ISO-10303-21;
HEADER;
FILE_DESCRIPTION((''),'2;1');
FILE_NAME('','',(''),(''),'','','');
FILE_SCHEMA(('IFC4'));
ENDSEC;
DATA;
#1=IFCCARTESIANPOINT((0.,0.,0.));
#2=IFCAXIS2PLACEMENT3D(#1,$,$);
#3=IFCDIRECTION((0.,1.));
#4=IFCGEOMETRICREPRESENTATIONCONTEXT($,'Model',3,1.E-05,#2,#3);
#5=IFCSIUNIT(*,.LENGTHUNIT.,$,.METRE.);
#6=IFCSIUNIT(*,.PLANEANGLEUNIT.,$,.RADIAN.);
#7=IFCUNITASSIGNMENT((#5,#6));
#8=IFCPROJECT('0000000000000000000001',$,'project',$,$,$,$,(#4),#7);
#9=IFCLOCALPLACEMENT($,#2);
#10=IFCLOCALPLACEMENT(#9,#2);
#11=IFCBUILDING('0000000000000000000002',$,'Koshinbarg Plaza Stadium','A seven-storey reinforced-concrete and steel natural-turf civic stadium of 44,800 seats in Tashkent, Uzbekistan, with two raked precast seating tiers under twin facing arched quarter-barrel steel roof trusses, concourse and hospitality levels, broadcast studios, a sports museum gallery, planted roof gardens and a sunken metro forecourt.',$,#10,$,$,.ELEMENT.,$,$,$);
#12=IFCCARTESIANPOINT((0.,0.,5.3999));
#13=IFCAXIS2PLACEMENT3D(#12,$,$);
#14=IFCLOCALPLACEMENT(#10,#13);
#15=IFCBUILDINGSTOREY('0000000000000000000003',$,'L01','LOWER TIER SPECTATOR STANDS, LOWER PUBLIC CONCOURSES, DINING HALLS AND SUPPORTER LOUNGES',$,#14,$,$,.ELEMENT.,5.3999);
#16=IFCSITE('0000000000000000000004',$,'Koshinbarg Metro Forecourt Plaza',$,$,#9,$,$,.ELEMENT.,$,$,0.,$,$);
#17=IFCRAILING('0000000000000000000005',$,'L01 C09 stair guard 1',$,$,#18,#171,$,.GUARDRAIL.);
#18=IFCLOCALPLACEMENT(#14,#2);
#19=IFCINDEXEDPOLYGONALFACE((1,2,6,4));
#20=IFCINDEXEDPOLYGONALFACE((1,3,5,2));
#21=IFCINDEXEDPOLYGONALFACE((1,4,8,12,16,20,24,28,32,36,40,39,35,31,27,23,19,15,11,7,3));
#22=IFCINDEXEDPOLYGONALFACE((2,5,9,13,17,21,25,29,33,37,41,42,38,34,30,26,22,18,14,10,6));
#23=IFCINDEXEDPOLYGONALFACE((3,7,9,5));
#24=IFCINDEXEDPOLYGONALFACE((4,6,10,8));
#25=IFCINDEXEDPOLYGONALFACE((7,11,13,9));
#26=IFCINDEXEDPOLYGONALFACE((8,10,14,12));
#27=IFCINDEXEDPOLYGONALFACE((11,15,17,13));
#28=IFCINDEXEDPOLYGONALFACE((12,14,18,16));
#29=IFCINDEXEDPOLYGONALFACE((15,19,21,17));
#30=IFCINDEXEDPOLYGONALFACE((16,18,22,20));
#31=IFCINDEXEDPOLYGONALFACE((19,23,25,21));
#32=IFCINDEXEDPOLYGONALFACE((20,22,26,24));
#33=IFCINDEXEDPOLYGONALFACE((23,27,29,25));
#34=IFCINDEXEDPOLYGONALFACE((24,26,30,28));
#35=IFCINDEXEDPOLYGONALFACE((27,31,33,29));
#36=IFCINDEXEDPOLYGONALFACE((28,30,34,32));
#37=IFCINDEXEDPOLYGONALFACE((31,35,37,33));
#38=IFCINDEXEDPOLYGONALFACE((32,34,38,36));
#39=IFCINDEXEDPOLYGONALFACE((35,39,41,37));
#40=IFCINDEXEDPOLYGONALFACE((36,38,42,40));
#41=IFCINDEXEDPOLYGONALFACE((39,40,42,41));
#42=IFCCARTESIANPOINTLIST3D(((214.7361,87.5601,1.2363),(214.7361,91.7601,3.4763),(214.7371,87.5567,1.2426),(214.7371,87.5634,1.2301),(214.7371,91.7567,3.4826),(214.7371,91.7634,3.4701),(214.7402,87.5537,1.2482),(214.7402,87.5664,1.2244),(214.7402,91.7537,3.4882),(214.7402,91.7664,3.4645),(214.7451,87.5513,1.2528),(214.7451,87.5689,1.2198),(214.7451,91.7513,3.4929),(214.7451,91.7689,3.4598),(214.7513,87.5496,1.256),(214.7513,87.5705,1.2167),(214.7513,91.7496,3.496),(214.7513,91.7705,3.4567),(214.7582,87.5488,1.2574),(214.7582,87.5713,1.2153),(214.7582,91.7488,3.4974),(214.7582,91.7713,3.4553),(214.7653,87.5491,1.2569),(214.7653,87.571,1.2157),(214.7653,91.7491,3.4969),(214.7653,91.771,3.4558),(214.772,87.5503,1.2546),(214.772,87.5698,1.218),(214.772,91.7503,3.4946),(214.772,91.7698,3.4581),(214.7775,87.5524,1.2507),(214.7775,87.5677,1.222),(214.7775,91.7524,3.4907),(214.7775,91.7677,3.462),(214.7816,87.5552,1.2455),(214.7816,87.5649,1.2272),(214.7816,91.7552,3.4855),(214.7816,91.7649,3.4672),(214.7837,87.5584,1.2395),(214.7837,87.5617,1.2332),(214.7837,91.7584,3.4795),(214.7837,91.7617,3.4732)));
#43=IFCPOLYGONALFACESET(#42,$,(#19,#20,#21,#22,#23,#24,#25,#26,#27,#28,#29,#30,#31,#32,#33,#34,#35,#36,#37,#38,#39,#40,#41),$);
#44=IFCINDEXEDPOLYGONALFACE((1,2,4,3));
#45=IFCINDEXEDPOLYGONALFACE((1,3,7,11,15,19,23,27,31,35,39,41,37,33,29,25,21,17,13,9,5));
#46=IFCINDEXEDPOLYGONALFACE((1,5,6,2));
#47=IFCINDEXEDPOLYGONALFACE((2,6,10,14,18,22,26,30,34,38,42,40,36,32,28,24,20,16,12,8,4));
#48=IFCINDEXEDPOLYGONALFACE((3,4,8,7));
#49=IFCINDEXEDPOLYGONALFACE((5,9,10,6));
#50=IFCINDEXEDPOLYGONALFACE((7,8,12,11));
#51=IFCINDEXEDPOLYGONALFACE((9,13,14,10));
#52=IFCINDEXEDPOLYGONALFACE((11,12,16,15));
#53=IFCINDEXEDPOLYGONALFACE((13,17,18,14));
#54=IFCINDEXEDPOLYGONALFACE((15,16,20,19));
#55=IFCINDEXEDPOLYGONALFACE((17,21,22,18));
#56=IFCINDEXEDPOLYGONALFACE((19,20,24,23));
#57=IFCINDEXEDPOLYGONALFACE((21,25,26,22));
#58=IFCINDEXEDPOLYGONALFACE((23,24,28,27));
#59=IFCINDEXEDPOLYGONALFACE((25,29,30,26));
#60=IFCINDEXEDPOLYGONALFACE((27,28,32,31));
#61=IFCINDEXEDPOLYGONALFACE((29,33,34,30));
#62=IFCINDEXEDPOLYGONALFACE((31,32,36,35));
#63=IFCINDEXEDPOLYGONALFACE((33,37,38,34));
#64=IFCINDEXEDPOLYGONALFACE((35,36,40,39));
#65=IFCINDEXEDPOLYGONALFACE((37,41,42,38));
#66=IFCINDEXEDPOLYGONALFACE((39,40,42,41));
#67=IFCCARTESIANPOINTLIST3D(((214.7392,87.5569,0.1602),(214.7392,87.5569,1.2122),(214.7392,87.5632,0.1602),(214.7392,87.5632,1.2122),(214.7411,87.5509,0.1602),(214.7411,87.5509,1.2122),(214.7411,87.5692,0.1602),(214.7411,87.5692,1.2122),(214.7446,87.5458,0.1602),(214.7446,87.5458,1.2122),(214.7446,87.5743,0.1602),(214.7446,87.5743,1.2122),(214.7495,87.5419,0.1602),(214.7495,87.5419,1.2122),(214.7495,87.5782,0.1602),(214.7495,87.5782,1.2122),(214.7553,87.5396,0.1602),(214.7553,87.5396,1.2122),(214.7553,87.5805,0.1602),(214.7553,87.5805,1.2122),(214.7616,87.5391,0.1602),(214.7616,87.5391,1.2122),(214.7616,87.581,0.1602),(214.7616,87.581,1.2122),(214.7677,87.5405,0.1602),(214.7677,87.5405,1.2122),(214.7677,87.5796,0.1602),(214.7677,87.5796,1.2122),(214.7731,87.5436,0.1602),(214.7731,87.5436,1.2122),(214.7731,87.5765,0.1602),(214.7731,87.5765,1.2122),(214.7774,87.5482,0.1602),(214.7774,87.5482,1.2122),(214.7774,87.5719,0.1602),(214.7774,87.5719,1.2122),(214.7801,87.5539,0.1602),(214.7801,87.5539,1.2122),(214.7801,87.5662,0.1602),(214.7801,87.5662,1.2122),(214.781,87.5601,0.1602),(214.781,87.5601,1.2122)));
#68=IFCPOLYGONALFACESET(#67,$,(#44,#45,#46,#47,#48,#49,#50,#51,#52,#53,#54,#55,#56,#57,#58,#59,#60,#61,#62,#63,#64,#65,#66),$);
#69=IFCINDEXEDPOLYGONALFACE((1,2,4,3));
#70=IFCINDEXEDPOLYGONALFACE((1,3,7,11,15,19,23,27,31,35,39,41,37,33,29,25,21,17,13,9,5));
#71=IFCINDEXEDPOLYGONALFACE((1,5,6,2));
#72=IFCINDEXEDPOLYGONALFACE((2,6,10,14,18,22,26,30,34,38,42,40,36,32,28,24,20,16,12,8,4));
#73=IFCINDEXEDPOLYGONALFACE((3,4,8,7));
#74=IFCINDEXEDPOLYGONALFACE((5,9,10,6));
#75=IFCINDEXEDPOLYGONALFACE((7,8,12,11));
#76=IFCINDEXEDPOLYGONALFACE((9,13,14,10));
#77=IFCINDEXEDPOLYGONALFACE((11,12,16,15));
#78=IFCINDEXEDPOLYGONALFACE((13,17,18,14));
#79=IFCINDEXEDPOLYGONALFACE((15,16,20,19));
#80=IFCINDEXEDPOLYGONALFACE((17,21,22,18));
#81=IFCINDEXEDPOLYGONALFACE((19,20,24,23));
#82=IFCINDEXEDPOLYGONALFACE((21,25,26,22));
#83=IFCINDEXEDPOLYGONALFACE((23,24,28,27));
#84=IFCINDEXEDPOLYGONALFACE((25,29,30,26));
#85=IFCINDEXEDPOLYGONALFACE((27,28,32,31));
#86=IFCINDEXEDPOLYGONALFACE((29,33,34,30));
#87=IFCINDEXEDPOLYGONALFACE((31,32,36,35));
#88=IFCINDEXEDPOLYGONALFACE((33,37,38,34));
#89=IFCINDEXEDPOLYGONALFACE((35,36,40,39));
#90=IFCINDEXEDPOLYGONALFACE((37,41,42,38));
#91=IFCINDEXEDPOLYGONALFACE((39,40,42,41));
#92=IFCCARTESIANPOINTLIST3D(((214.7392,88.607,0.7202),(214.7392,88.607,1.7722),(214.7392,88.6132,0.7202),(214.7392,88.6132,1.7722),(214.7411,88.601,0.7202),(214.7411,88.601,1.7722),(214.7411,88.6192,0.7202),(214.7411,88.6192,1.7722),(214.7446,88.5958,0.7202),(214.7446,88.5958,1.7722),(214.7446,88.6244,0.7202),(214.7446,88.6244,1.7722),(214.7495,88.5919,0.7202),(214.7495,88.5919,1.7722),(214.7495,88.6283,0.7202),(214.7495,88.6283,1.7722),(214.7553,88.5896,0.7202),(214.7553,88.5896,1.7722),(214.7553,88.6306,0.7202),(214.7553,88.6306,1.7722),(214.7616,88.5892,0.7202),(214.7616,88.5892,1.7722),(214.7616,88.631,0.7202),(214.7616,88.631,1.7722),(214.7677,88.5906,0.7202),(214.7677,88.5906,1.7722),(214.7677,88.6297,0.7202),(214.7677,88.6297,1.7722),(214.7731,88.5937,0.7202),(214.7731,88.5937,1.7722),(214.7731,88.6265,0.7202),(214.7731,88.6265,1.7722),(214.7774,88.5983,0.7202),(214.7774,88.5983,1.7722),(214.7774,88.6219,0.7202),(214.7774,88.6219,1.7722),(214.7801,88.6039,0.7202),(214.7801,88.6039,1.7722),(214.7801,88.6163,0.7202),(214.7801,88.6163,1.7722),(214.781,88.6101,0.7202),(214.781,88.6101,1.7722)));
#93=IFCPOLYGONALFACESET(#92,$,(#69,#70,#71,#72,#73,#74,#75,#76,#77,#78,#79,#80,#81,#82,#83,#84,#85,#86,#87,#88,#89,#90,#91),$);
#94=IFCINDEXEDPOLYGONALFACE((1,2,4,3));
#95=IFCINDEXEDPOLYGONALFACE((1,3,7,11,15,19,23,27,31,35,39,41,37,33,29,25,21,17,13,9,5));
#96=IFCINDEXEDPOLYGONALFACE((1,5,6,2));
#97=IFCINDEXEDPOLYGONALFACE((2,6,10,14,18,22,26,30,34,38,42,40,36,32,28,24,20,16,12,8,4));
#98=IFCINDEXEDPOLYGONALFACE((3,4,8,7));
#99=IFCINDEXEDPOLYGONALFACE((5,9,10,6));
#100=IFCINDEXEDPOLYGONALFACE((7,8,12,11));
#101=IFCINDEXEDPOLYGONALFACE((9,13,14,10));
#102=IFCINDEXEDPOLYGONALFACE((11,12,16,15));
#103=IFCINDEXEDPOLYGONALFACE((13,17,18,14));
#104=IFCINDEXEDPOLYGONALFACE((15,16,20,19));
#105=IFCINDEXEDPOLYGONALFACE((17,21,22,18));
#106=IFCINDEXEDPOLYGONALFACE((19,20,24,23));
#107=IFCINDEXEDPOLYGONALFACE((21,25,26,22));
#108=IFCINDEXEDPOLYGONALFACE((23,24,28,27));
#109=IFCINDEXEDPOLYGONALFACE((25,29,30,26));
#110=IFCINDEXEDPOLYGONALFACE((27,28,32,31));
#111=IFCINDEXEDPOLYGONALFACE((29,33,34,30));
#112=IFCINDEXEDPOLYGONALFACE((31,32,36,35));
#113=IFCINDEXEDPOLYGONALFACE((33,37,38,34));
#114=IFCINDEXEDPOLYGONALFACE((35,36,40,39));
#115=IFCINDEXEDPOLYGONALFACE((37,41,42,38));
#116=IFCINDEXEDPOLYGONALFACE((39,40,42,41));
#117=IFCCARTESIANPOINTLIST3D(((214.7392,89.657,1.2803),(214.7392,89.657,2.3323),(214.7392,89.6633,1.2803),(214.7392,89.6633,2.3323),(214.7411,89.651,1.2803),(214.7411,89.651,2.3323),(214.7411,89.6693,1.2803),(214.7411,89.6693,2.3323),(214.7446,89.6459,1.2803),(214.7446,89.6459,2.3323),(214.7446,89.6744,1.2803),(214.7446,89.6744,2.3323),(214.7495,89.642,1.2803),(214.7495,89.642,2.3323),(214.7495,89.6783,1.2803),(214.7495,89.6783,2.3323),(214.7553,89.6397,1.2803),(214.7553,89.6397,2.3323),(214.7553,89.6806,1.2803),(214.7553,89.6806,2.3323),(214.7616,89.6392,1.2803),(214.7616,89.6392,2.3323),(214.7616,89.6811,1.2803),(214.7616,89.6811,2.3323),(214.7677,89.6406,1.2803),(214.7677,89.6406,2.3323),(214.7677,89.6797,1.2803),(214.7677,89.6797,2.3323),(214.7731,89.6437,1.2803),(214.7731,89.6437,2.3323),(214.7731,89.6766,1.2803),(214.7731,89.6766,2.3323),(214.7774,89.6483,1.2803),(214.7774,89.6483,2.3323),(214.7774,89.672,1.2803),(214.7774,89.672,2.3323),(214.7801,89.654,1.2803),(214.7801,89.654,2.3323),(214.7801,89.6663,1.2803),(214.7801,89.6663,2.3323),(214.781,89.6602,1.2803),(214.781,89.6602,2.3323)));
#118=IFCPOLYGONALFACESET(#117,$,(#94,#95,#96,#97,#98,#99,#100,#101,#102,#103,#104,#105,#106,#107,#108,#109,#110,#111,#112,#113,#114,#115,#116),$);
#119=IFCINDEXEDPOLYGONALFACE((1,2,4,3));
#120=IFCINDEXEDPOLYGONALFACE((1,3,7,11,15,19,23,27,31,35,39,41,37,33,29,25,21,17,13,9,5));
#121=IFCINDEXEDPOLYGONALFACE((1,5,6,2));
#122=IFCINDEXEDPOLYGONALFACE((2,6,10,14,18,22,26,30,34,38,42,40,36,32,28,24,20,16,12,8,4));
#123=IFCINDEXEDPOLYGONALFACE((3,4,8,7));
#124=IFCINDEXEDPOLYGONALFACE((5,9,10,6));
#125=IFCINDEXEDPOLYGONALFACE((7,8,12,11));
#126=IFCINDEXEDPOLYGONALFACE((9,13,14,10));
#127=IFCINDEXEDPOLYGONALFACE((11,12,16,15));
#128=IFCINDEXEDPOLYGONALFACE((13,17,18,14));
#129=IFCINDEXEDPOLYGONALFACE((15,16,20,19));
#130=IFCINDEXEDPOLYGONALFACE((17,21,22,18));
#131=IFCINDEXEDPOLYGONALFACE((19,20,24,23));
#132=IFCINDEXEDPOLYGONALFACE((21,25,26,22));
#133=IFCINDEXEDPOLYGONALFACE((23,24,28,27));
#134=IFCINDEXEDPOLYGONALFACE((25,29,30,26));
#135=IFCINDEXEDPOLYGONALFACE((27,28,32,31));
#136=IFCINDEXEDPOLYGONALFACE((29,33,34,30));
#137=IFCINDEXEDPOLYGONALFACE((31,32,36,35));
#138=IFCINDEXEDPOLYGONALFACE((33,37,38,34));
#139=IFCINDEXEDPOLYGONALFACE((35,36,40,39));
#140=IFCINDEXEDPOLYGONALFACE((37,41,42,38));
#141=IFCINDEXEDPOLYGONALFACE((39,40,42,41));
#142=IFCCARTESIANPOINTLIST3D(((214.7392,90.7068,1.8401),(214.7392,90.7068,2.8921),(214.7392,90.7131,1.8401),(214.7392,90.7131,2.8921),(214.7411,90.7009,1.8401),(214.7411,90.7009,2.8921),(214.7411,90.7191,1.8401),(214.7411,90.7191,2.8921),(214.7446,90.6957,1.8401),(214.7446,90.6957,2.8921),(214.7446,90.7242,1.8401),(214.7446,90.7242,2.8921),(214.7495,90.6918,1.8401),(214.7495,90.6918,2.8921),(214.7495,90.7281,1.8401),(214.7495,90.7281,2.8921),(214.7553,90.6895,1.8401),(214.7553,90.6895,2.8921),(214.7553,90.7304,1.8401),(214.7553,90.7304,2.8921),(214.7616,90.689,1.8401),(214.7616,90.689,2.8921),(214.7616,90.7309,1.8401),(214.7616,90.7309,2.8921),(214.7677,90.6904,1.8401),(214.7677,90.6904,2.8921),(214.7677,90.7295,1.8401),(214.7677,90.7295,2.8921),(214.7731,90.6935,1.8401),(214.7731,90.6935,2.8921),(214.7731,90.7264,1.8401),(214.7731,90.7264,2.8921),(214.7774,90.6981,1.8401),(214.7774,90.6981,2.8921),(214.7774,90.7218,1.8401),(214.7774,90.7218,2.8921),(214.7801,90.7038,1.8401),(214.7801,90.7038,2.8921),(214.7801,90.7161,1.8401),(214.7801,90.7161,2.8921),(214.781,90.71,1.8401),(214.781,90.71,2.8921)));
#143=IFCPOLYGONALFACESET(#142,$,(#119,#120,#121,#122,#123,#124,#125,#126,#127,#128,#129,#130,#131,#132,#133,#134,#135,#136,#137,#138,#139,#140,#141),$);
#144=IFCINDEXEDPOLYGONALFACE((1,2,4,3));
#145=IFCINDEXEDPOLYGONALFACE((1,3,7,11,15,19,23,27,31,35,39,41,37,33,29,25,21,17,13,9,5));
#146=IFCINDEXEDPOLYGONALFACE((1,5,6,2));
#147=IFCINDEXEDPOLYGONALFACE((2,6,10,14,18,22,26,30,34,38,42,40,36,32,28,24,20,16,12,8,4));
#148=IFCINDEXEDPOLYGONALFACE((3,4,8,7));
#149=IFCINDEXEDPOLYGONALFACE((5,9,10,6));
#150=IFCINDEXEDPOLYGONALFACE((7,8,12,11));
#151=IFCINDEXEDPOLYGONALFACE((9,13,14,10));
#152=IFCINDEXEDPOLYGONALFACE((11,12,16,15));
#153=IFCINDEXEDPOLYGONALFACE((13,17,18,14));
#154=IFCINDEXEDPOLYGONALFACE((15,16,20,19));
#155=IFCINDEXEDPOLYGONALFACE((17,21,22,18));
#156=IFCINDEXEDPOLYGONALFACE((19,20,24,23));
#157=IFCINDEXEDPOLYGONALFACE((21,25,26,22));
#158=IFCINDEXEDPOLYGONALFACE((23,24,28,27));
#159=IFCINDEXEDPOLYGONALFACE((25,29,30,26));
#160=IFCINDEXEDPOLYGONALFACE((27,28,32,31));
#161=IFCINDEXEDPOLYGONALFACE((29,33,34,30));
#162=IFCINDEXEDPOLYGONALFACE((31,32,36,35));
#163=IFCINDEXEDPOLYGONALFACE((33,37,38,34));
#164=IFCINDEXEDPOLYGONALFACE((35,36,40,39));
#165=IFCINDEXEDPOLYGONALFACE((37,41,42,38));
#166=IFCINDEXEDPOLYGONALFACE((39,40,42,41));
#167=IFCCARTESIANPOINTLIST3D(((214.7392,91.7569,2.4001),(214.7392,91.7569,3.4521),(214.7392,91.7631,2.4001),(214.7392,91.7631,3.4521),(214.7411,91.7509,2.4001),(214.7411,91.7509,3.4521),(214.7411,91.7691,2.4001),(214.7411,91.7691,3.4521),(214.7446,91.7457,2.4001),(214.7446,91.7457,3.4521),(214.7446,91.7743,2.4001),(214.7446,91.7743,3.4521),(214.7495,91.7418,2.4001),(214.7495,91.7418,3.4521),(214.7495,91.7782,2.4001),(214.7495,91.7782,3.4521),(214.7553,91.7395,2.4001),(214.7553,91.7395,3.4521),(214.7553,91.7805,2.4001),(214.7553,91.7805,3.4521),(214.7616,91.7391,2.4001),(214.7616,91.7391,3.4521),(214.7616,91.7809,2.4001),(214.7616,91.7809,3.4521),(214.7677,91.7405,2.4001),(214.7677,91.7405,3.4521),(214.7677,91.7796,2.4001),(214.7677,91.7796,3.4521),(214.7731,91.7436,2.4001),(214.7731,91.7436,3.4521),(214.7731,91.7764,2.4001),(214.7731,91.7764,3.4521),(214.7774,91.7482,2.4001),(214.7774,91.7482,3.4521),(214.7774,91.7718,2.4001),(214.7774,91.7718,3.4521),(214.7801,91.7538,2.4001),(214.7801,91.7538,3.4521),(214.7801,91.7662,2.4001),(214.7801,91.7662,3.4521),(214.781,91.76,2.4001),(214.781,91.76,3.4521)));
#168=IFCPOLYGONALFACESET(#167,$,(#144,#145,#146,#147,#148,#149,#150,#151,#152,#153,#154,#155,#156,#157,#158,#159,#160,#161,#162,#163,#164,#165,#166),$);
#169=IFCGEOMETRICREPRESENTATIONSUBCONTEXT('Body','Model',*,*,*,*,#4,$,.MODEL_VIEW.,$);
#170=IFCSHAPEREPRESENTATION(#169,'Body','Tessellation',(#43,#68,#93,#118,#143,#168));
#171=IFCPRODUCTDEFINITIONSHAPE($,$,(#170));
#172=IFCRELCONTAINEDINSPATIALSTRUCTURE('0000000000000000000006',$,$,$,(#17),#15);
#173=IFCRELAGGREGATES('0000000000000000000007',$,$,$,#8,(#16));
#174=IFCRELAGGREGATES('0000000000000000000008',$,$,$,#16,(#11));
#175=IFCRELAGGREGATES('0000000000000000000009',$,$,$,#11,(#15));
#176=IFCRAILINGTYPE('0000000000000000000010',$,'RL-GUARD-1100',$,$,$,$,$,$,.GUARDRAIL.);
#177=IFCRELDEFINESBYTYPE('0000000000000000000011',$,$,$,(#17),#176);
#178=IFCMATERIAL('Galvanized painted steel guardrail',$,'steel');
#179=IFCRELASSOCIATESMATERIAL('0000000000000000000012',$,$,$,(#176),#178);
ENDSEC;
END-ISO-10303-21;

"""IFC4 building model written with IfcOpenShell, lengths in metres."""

from ifc_helpers import new_model, si_unit, direction, frame, origin, origin_2d, place, context, subcontext, project, spatial, circle, extrude, material, type_object, element, save


model = new_model("IFC4")

# Units and contexts
model_context = context("Model", 3, precision=1e-05, world=origin(), true_north=direction((0.0, 1.0)))
body_context = subcontext(model_context, "Body", "Model", "MODEL_VIEW")
ifc_project = project(units=[si_unit("LENGTHUNIT", "METRE"), si_unit("PLANEANGLEUNIT", "RADIAN")], contexts=[model_context])

# Site, building, storey
site_placement = place(None, origin())
site = spatial("IfcSite", under=ifc_project, at=site_placement, Name="Koshinbarg Metro Forecourt Plaza", CompositionType="ELEMENT", RefElevation=0.0)
building_placement = place(site_placement, origin())
building = spatial("IfcBuilding", under=site, at=building_placement, Name="Koshinbarg Plaza Stadium", Description="A seven-storey reinforced-concrete and steel natural-turf civic stadium of 44,800 seats in Tashkent, Uzbekistan, with two raked precast seating tiers under twin facing arched quarter-barrel steel roof trusses, concourse and hospitality levels, broadcast studios, a sports museum gallery, planted roof gardens and a sunken metro forecourt.", CompositionType="ELEMENT")
storey_placement = place(building_placement, frame((0.0, 0.0, 5.3999)))
storey = spatial("IfcBuildingStorey", under=building, at=storey_placement, Name="L01", Description="LOWER TIER SPECTATOR STANDS, LOWER PUBLIC CONCOURSES, DINING HALLS AND SUPPORTER LOUNGES", CompositionType="ELEMENT", Elevation=5.3999)

# Railing
ifc_material_1 = material(Name="Galvanized painted steel guardrail", Category="steel")
railing_type_1 = type_object("IfcRailingType", Name="RL-GUARD-1100", PredefinedType="GUARDRAIL", material=ifc_material_1)
railing_1_placement = place(storey_placement, frame((214.76, 87.5601, 0.1602)))
element("IfcRailing", 1, at=railing_1_placement, inside=storey, type_object=railing_type_1, Name="L01 C09 stair guard 1", PredefinedType="GUARDRAIL", context=body_context, shape_type="SweptSolid", body=[
    extrude(circle(Radius=0.0239, at=origin_2d()), frame((0.0, 0.0, 1.0762), z_axis=(0.0, 0.882352, 0.470591), x_axis=(-1.0, 0.0, 0.0)), (0.0, 0.0, 1.0), 4.76),
    extrude(circle(Radius=0.021, at=origin_2d()), origin(), (0.0, 0.0, 1.0), 1.052),
    extrude(circle(Radius=0.021, at=origin_2d()), frame((0.0, 1.05, 0.5601)), (0.0, 0.0, 1.0), 1.052),
    extrude(circle(Radius=0.021, at=origin_2d()), frame((0.0, 2.1001, 1.1201)), (0.0, 0.0, 1.0), 1.052),
    extrude(circle(Radius=0.021, at=origin_2d()), frame((0.0, 3.1499, 1.6799)), (0.0, 0.0, 1.0), 1.052),
    extrude(circle(Radius=0.021, at=origin_2d()), frame((0.0, 4.2, 2.24)), (0.0, 0.0, 1.0), 1.052),
])

save(model, "model.ifc")
